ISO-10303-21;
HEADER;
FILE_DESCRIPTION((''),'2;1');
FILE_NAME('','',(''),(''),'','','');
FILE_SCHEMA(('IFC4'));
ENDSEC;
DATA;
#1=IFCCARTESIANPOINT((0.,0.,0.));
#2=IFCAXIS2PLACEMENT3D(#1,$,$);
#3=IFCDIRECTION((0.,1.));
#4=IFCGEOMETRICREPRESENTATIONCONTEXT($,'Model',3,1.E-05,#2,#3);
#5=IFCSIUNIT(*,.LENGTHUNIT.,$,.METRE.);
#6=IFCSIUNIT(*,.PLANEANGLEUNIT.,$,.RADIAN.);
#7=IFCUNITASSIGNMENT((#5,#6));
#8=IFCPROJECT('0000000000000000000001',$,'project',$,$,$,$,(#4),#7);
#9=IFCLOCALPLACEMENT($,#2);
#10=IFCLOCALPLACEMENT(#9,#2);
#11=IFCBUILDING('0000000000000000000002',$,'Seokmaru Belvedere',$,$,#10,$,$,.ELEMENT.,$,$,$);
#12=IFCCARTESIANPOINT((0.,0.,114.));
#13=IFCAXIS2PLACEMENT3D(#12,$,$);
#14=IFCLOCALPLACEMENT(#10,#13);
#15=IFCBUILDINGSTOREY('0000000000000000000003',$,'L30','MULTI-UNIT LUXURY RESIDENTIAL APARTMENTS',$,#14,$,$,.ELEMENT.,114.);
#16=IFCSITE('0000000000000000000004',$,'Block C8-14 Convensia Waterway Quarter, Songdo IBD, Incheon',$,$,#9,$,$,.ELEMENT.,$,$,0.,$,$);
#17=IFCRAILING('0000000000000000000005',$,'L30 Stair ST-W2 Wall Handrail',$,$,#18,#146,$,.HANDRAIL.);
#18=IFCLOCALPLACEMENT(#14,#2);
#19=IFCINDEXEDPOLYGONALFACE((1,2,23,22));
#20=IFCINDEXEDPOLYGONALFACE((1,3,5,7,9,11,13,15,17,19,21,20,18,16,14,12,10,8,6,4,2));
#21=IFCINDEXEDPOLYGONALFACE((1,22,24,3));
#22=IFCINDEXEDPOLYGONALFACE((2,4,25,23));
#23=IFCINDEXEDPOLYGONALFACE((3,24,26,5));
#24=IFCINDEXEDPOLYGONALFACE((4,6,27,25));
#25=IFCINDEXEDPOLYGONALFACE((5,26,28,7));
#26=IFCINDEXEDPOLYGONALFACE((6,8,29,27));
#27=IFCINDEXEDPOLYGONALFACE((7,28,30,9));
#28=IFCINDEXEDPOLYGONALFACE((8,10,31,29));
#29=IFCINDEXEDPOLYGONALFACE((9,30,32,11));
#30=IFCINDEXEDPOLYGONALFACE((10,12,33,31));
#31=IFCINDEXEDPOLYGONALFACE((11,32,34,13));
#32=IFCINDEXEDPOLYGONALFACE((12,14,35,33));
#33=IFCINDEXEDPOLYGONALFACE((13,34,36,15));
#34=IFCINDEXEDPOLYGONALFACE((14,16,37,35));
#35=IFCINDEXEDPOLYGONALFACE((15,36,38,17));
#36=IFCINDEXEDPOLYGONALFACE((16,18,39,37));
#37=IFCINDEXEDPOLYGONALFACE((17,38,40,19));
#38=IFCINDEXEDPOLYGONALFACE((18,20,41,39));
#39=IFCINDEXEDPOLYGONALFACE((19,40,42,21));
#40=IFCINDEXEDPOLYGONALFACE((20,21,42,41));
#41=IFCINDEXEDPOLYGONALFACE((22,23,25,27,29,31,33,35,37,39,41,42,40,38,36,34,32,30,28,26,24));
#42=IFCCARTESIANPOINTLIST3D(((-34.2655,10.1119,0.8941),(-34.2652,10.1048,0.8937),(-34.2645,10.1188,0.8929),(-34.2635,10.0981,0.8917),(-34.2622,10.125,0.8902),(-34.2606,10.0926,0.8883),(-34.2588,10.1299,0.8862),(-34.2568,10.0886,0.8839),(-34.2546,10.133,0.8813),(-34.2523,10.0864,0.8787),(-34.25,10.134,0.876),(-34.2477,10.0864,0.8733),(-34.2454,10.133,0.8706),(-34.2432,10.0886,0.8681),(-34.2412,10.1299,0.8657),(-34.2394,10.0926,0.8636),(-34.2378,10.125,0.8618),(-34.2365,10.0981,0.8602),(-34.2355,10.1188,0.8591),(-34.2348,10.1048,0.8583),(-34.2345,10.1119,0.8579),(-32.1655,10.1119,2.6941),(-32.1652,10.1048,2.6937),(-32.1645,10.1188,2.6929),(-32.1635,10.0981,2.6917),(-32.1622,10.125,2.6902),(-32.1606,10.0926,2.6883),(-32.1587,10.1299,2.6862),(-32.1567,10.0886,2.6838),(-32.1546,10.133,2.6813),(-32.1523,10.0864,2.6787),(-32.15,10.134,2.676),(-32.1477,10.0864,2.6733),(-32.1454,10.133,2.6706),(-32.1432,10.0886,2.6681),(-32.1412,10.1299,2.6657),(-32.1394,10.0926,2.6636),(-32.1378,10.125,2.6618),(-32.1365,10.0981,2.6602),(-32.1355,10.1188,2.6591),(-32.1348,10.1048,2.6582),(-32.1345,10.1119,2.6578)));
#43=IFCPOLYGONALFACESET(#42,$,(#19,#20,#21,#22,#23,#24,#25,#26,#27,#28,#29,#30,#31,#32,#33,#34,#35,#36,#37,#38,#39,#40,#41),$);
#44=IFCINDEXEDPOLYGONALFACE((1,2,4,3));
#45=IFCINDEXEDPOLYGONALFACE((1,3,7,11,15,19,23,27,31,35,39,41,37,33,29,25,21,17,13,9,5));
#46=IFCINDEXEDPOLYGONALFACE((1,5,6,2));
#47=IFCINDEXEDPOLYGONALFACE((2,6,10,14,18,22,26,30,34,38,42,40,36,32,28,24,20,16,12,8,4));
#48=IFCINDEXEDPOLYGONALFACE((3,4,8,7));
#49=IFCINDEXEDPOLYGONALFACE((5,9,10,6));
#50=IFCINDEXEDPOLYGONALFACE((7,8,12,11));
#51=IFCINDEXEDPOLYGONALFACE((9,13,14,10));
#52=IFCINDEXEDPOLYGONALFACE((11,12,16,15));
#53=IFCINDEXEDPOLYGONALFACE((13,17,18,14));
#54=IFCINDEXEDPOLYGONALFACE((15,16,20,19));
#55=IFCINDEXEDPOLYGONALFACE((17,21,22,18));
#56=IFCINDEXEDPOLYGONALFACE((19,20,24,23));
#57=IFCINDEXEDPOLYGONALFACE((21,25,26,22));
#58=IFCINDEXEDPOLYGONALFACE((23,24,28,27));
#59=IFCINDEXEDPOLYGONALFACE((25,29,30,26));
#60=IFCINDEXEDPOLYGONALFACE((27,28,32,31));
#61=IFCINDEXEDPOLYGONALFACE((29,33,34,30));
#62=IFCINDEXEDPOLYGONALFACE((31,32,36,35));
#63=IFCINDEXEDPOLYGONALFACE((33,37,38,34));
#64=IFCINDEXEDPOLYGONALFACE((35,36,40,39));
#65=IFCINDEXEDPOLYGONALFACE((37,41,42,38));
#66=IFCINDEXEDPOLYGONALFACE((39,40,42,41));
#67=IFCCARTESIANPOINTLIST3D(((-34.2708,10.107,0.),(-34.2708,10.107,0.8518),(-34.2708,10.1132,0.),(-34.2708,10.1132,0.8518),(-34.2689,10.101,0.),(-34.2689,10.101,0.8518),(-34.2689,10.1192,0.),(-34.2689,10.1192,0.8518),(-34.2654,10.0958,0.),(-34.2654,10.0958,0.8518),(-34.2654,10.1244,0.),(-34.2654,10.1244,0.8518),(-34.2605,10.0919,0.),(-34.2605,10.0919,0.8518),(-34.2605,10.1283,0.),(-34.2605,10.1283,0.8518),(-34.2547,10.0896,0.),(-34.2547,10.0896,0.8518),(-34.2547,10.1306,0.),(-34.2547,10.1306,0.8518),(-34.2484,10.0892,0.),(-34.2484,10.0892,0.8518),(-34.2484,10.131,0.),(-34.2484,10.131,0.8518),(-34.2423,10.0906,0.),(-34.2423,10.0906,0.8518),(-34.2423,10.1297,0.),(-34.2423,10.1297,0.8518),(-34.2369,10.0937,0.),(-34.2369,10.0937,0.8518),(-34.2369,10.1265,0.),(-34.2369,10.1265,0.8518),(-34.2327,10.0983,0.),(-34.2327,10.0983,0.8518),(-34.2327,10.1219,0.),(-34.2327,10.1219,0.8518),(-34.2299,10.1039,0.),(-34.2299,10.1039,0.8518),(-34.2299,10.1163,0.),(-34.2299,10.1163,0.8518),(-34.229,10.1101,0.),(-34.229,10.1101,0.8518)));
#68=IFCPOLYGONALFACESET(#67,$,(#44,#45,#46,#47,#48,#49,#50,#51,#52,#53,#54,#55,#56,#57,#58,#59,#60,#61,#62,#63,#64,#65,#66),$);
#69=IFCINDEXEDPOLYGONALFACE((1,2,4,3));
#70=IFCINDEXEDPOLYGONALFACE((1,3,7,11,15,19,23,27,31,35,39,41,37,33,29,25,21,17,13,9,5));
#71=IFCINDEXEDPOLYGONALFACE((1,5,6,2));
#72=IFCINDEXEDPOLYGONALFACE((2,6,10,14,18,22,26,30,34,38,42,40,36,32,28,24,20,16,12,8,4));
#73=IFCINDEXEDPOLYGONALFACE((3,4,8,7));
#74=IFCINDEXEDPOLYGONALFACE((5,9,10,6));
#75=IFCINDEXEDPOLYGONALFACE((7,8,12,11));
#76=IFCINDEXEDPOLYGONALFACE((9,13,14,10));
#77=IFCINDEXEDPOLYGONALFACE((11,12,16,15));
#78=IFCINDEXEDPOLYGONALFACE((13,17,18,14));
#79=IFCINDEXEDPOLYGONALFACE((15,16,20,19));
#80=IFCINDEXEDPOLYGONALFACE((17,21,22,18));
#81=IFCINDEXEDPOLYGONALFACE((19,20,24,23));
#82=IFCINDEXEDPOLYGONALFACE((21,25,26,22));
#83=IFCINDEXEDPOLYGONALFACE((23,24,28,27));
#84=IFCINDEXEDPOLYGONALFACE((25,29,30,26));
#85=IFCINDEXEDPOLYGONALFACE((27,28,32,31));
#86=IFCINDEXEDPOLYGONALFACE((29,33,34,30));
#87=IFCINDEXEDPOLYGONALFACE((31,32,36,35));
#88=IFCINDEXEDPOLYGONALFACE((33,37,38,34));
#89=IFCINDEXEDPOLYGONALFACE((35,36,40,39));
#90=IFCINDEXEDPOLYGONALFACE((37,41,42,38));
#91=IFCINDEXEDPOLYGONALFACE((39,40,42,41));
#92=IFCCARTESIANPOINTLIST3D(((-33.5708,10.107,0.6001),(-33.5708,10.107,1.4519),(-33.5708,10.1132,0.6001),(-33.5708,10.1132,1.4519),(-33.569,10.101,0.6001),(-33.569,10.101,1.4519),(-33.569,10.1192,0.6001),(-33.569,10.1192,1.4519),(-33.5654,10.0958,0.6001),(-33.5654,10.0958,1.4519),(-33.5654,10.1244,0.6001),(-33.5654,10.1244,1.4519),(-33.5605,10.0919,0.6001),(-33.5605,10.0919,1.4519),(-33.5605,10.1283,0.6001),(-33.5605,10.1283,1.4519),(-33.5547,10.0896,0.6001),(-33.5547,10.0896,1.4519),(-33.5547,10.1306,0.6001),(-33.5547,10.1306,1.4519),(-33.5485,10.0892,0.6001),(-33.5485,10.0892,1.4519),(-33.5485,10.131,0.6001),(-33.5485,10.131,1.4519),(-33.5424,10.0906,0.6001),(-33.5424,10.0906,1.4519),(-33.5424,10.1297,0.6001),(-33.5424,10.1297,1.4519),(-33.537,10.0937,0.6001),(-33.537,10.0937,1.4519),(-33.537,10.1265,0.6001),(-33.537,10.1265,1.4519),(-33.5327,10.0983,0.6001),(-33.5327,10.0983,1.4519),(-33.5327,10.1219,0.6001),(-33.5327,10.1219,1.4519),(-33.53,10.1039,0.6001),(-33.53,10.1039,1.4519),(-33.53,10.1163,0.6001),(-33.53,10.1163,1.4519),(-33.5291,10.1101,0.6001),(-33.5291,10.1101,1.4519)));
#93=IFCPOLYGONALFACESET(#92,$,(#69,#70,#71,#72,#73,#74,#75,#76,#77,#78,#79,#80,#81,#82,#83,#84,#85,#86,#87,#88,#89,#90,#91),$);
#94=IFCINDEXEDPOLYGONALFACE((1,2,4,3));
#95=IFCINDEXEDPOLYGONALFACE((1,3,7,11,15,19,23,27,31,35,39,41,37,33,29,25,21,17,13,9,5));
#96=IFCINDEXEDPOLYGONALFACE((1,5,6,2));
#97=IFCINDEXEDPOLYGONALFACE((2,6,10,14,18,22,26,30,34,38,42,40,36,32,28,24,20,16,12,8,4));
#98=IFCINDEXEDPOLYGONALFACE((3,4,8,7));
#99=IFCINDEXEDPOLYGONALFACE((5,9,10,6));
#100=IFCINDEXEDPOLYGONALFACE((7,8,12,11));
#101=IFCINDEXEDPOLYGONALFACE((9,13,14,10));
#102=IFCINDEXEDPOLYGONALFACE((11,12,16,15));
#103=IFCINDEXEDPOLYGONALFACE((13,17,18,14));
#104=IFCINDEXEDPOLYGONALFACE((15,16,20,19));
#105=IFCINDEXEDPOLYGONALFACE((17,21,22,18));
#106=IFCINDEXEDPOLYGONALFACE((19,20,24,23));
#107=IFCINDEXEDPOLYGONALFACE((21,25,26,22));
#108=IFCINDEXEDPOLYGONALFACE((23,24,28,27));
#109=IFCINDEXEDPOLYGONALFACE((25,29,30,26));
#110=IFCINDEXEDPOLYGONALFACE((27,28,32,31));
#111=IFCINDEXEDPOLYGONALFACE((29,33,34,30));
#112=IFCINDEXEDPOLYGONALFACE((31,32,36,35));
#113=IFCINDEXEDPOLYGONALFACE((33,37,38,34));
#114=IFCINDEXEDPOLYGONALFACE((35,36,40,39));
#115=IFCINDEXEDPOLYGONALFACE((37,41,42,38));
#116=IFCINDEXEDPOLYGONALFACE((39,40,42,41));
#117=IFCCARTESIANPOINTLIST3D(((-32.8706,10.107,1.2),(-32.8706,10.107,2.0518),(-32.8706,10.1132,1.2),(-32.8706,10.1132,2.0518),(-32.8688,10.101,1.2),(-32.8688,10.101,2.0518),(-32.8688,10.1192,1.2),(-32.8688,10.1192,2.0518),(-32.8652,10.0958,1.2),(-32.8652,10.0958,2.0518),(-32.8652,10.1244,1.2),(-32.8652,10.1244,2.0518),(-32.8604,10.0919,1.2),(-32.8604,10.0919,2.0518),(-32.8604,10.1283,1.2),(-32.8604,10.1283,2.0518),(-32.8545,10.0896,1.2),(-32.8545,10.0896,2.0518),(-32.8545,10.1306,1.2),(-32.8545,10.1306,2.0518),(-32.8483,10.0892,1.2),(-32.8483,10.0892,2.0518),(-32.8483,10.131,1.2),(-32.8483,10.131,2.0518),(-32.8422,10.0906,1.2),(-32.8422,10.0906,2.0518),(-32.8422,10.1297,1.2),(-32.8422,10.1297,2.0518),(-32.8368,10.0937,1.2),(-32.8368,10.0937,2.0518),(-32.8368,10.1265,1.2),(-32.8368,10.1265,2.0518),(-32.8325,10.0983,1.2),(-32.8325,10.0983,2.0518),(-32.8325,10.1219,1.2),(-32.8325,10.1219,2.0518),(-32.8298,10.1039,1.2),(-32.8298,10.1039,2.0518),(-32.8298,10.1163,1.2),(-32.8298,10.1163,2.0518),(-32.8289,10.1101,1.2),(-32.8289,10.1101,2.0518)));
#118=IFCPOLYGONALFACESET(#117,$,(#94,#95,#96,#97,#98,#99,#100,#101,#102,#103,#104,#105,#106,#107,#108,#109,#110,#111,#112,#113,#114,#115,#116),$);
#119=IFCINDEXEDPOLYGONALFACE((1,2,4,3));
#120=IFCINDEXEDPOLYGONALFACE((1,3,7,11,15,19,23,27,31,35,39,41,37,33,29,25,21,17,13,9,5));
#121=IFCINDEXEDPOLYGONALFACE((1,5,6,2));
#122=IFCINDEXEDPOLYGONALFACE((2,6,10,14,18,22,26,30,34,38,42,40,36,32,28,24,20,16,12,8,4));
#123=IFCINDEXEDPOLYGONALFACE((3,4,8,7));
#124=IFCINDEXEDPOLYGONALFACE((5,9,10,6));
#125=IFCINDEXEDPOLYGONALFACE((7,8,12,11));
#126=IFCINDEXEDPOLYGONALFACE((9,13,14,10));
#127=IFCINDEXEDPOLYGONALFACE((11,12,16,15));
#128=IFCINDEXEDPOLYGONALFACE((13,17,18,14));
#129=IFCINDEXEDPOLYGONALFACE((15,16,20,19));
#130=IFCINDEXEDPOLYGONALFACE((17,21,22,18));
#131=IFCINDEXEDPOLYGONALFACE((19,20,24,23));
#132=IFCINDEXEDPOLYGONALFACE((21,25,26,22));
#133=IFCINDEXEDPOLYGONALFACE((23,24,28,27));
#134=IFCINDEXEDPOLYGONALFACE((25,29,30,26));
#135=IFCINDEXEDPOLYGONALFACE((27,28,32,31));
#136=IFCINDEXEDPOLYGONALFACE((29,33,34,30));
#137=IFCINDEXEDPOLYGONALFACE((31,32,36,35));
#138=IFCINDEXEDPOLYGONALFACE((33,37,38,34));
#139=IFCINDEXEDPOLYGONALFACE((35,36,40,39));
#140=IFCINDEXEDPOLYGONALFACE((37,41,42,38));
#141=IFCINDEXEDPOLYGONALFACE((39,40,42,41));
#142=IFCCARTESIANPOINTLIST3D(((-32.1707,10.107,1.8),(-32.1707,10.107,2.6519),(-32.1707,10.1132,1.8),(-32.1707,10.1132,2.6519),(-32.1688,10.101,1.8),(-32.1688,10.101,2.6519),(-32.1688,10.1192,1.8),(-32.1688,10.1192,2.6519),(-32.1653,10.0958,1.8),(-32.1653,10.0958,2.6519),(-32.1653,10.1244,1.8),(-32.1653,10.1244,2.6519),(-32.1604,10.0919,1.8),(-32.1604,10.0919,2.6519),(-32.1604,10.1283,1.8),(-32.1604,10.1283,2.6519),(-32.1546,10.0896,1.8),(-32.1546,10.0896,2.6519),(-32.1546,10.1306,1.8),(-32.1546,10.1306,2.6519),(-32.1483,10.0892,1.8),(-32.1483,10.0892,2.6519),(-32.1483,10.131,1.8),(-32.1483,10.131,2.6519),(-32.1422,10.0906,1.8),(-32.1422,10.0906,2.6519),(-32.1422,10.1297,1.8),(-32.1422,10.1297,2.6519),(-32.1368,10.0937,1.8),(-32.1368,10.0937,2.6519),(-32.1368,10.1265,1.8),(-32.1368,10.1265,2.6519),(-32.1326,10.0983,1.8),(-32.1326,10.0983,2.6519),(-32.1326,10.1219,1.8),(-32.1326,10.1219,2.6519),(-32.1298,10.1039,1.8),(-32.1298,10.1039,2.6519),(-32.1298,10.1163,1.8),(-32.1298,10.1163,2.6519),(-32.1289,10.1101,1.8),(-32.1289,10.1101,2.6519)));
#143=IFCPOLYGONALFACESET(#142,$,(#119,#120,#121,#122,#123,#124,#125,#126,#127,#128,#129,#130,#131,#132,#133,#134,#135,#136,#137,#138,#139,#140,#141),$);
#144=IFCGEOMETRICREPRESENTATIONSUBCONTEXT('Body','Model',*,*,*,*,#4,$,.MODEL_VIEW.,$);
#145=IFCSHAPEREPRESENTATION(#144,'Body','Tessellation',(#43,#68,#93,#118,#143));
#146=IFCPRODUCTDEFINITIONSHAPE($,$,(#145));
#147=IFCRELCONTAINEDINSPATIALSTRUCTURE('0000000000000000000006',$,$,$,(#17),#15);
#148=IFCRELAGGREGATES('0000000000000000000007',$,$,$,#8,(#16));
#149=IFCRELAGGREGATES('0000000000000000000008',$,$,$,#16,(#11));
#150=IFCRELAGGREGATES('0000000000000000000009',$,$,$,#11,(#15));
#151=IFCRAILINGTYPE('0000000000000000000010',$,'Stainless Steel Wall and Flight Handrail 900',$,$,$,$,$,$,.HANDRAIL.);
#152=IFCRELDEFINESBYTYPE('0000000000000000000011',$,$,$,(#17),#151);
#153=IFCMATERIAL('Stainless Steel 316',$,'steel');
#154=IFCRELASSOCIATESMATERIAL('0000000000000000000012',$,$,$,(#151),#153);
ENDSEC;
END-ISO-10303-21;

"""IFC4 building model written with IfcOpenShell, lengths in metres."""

from ifc_helpers import new_model, si_unit, direction, frame, origin, origin_2d, place, context, subcontext, project, spatial, circle, extrude, material, type_object, element, save


model = new_model("IFC4")

# Units and contexts
model_context = context("Model", 3, precision=1e-05, world=origin(), true_north=direction((0.0, 1.0)))
body_context = subcontext(model_context, "Body", "Model", "MODEL_VIEW")
ifc_project = project(units=[si_unit("LENGTHUNIT", "METRE"), si_unit("PLANEANGLEUNIT", "RADIAN")], contexts=[model_context])

# Site, building, storey
site_placement = place(None, origin())
site = spatial("IfcSite", under=ifc_project, at=site_placement, Name="Block C8-14 Convensia Waterway Quarter, Songdo IBD, Incheon", CompositionType="ELEMENT", RefElevation=0.0)
building_placement = place(site_placement, origin())
building = spatial("IfcBuilding", under=site, at=building_placement, Name="Seokmaru Belvedere", CompositionType="ELEMENT")
storey_placement = place(building_placement, frame((0.0, 0.0, 114.0)))
storey = spatial("IfcBuildingStorey", under=building, at=storey_placement, Name="L30", Description="MULTI-UNIT LUXURY RESIDENTIAL APARTMENTS", CompositionType="ELEMENT", Elevation=114.0)

# Railing
ifc_material_1 = material(Name="Stainless Steel 316", Category="steel")
railing_type_1 = type_object("IfcRailingType", Name="Stainless Steel Wall and Flight Handrail 900", PredefinedType="HANDRAIL", material=ifc_material_1)
railing_1_placement = place(storey_placement, frame((-34.25, 10.1101, 0.0)))
element("IfcRailing", 1, at=railing_1_placement, inside=storey, type_object=railing_type_1, Name="L30 Stair ST-W2 Wall Handrail", PredefinedType="HANDRAIL", context=body_context, shape_type="SweptSolid", body=[
    extrude(circle(Radius=0.0239, at=origin_2d()), frame((0.0, 0.0, 0.876), z_axis=(0.759263, 0.0, 0.650784), x_axis=(0.0, 1.0, 0.0)), (0.0, 0.0, 1.0), 2.7659),
    extrude(circle(Radius=0.021, at=origin_2d()), origin(), (0.0, 0.0, 1.0), 0.8518),
    extrude(circle(Radius=0.021, at=origin_2d()), frame((0.7, 0.0, 0.6001)), (0.0, 0.0, 1.0), 0.8518),
    extrude(circle(Radius=0.021, at=origin_2d()), frame((1.4001, 0.0, 1.2)), (0.0, 0.0, 1.0), 0.8518),
    extrude(circle(Radius=0.021, at=origin_2d()), frame((2.1001, 0.0, 1.8)), (0.0, 0.0, 1.0), 0.8518),
])

save(model, "model.ifc")
